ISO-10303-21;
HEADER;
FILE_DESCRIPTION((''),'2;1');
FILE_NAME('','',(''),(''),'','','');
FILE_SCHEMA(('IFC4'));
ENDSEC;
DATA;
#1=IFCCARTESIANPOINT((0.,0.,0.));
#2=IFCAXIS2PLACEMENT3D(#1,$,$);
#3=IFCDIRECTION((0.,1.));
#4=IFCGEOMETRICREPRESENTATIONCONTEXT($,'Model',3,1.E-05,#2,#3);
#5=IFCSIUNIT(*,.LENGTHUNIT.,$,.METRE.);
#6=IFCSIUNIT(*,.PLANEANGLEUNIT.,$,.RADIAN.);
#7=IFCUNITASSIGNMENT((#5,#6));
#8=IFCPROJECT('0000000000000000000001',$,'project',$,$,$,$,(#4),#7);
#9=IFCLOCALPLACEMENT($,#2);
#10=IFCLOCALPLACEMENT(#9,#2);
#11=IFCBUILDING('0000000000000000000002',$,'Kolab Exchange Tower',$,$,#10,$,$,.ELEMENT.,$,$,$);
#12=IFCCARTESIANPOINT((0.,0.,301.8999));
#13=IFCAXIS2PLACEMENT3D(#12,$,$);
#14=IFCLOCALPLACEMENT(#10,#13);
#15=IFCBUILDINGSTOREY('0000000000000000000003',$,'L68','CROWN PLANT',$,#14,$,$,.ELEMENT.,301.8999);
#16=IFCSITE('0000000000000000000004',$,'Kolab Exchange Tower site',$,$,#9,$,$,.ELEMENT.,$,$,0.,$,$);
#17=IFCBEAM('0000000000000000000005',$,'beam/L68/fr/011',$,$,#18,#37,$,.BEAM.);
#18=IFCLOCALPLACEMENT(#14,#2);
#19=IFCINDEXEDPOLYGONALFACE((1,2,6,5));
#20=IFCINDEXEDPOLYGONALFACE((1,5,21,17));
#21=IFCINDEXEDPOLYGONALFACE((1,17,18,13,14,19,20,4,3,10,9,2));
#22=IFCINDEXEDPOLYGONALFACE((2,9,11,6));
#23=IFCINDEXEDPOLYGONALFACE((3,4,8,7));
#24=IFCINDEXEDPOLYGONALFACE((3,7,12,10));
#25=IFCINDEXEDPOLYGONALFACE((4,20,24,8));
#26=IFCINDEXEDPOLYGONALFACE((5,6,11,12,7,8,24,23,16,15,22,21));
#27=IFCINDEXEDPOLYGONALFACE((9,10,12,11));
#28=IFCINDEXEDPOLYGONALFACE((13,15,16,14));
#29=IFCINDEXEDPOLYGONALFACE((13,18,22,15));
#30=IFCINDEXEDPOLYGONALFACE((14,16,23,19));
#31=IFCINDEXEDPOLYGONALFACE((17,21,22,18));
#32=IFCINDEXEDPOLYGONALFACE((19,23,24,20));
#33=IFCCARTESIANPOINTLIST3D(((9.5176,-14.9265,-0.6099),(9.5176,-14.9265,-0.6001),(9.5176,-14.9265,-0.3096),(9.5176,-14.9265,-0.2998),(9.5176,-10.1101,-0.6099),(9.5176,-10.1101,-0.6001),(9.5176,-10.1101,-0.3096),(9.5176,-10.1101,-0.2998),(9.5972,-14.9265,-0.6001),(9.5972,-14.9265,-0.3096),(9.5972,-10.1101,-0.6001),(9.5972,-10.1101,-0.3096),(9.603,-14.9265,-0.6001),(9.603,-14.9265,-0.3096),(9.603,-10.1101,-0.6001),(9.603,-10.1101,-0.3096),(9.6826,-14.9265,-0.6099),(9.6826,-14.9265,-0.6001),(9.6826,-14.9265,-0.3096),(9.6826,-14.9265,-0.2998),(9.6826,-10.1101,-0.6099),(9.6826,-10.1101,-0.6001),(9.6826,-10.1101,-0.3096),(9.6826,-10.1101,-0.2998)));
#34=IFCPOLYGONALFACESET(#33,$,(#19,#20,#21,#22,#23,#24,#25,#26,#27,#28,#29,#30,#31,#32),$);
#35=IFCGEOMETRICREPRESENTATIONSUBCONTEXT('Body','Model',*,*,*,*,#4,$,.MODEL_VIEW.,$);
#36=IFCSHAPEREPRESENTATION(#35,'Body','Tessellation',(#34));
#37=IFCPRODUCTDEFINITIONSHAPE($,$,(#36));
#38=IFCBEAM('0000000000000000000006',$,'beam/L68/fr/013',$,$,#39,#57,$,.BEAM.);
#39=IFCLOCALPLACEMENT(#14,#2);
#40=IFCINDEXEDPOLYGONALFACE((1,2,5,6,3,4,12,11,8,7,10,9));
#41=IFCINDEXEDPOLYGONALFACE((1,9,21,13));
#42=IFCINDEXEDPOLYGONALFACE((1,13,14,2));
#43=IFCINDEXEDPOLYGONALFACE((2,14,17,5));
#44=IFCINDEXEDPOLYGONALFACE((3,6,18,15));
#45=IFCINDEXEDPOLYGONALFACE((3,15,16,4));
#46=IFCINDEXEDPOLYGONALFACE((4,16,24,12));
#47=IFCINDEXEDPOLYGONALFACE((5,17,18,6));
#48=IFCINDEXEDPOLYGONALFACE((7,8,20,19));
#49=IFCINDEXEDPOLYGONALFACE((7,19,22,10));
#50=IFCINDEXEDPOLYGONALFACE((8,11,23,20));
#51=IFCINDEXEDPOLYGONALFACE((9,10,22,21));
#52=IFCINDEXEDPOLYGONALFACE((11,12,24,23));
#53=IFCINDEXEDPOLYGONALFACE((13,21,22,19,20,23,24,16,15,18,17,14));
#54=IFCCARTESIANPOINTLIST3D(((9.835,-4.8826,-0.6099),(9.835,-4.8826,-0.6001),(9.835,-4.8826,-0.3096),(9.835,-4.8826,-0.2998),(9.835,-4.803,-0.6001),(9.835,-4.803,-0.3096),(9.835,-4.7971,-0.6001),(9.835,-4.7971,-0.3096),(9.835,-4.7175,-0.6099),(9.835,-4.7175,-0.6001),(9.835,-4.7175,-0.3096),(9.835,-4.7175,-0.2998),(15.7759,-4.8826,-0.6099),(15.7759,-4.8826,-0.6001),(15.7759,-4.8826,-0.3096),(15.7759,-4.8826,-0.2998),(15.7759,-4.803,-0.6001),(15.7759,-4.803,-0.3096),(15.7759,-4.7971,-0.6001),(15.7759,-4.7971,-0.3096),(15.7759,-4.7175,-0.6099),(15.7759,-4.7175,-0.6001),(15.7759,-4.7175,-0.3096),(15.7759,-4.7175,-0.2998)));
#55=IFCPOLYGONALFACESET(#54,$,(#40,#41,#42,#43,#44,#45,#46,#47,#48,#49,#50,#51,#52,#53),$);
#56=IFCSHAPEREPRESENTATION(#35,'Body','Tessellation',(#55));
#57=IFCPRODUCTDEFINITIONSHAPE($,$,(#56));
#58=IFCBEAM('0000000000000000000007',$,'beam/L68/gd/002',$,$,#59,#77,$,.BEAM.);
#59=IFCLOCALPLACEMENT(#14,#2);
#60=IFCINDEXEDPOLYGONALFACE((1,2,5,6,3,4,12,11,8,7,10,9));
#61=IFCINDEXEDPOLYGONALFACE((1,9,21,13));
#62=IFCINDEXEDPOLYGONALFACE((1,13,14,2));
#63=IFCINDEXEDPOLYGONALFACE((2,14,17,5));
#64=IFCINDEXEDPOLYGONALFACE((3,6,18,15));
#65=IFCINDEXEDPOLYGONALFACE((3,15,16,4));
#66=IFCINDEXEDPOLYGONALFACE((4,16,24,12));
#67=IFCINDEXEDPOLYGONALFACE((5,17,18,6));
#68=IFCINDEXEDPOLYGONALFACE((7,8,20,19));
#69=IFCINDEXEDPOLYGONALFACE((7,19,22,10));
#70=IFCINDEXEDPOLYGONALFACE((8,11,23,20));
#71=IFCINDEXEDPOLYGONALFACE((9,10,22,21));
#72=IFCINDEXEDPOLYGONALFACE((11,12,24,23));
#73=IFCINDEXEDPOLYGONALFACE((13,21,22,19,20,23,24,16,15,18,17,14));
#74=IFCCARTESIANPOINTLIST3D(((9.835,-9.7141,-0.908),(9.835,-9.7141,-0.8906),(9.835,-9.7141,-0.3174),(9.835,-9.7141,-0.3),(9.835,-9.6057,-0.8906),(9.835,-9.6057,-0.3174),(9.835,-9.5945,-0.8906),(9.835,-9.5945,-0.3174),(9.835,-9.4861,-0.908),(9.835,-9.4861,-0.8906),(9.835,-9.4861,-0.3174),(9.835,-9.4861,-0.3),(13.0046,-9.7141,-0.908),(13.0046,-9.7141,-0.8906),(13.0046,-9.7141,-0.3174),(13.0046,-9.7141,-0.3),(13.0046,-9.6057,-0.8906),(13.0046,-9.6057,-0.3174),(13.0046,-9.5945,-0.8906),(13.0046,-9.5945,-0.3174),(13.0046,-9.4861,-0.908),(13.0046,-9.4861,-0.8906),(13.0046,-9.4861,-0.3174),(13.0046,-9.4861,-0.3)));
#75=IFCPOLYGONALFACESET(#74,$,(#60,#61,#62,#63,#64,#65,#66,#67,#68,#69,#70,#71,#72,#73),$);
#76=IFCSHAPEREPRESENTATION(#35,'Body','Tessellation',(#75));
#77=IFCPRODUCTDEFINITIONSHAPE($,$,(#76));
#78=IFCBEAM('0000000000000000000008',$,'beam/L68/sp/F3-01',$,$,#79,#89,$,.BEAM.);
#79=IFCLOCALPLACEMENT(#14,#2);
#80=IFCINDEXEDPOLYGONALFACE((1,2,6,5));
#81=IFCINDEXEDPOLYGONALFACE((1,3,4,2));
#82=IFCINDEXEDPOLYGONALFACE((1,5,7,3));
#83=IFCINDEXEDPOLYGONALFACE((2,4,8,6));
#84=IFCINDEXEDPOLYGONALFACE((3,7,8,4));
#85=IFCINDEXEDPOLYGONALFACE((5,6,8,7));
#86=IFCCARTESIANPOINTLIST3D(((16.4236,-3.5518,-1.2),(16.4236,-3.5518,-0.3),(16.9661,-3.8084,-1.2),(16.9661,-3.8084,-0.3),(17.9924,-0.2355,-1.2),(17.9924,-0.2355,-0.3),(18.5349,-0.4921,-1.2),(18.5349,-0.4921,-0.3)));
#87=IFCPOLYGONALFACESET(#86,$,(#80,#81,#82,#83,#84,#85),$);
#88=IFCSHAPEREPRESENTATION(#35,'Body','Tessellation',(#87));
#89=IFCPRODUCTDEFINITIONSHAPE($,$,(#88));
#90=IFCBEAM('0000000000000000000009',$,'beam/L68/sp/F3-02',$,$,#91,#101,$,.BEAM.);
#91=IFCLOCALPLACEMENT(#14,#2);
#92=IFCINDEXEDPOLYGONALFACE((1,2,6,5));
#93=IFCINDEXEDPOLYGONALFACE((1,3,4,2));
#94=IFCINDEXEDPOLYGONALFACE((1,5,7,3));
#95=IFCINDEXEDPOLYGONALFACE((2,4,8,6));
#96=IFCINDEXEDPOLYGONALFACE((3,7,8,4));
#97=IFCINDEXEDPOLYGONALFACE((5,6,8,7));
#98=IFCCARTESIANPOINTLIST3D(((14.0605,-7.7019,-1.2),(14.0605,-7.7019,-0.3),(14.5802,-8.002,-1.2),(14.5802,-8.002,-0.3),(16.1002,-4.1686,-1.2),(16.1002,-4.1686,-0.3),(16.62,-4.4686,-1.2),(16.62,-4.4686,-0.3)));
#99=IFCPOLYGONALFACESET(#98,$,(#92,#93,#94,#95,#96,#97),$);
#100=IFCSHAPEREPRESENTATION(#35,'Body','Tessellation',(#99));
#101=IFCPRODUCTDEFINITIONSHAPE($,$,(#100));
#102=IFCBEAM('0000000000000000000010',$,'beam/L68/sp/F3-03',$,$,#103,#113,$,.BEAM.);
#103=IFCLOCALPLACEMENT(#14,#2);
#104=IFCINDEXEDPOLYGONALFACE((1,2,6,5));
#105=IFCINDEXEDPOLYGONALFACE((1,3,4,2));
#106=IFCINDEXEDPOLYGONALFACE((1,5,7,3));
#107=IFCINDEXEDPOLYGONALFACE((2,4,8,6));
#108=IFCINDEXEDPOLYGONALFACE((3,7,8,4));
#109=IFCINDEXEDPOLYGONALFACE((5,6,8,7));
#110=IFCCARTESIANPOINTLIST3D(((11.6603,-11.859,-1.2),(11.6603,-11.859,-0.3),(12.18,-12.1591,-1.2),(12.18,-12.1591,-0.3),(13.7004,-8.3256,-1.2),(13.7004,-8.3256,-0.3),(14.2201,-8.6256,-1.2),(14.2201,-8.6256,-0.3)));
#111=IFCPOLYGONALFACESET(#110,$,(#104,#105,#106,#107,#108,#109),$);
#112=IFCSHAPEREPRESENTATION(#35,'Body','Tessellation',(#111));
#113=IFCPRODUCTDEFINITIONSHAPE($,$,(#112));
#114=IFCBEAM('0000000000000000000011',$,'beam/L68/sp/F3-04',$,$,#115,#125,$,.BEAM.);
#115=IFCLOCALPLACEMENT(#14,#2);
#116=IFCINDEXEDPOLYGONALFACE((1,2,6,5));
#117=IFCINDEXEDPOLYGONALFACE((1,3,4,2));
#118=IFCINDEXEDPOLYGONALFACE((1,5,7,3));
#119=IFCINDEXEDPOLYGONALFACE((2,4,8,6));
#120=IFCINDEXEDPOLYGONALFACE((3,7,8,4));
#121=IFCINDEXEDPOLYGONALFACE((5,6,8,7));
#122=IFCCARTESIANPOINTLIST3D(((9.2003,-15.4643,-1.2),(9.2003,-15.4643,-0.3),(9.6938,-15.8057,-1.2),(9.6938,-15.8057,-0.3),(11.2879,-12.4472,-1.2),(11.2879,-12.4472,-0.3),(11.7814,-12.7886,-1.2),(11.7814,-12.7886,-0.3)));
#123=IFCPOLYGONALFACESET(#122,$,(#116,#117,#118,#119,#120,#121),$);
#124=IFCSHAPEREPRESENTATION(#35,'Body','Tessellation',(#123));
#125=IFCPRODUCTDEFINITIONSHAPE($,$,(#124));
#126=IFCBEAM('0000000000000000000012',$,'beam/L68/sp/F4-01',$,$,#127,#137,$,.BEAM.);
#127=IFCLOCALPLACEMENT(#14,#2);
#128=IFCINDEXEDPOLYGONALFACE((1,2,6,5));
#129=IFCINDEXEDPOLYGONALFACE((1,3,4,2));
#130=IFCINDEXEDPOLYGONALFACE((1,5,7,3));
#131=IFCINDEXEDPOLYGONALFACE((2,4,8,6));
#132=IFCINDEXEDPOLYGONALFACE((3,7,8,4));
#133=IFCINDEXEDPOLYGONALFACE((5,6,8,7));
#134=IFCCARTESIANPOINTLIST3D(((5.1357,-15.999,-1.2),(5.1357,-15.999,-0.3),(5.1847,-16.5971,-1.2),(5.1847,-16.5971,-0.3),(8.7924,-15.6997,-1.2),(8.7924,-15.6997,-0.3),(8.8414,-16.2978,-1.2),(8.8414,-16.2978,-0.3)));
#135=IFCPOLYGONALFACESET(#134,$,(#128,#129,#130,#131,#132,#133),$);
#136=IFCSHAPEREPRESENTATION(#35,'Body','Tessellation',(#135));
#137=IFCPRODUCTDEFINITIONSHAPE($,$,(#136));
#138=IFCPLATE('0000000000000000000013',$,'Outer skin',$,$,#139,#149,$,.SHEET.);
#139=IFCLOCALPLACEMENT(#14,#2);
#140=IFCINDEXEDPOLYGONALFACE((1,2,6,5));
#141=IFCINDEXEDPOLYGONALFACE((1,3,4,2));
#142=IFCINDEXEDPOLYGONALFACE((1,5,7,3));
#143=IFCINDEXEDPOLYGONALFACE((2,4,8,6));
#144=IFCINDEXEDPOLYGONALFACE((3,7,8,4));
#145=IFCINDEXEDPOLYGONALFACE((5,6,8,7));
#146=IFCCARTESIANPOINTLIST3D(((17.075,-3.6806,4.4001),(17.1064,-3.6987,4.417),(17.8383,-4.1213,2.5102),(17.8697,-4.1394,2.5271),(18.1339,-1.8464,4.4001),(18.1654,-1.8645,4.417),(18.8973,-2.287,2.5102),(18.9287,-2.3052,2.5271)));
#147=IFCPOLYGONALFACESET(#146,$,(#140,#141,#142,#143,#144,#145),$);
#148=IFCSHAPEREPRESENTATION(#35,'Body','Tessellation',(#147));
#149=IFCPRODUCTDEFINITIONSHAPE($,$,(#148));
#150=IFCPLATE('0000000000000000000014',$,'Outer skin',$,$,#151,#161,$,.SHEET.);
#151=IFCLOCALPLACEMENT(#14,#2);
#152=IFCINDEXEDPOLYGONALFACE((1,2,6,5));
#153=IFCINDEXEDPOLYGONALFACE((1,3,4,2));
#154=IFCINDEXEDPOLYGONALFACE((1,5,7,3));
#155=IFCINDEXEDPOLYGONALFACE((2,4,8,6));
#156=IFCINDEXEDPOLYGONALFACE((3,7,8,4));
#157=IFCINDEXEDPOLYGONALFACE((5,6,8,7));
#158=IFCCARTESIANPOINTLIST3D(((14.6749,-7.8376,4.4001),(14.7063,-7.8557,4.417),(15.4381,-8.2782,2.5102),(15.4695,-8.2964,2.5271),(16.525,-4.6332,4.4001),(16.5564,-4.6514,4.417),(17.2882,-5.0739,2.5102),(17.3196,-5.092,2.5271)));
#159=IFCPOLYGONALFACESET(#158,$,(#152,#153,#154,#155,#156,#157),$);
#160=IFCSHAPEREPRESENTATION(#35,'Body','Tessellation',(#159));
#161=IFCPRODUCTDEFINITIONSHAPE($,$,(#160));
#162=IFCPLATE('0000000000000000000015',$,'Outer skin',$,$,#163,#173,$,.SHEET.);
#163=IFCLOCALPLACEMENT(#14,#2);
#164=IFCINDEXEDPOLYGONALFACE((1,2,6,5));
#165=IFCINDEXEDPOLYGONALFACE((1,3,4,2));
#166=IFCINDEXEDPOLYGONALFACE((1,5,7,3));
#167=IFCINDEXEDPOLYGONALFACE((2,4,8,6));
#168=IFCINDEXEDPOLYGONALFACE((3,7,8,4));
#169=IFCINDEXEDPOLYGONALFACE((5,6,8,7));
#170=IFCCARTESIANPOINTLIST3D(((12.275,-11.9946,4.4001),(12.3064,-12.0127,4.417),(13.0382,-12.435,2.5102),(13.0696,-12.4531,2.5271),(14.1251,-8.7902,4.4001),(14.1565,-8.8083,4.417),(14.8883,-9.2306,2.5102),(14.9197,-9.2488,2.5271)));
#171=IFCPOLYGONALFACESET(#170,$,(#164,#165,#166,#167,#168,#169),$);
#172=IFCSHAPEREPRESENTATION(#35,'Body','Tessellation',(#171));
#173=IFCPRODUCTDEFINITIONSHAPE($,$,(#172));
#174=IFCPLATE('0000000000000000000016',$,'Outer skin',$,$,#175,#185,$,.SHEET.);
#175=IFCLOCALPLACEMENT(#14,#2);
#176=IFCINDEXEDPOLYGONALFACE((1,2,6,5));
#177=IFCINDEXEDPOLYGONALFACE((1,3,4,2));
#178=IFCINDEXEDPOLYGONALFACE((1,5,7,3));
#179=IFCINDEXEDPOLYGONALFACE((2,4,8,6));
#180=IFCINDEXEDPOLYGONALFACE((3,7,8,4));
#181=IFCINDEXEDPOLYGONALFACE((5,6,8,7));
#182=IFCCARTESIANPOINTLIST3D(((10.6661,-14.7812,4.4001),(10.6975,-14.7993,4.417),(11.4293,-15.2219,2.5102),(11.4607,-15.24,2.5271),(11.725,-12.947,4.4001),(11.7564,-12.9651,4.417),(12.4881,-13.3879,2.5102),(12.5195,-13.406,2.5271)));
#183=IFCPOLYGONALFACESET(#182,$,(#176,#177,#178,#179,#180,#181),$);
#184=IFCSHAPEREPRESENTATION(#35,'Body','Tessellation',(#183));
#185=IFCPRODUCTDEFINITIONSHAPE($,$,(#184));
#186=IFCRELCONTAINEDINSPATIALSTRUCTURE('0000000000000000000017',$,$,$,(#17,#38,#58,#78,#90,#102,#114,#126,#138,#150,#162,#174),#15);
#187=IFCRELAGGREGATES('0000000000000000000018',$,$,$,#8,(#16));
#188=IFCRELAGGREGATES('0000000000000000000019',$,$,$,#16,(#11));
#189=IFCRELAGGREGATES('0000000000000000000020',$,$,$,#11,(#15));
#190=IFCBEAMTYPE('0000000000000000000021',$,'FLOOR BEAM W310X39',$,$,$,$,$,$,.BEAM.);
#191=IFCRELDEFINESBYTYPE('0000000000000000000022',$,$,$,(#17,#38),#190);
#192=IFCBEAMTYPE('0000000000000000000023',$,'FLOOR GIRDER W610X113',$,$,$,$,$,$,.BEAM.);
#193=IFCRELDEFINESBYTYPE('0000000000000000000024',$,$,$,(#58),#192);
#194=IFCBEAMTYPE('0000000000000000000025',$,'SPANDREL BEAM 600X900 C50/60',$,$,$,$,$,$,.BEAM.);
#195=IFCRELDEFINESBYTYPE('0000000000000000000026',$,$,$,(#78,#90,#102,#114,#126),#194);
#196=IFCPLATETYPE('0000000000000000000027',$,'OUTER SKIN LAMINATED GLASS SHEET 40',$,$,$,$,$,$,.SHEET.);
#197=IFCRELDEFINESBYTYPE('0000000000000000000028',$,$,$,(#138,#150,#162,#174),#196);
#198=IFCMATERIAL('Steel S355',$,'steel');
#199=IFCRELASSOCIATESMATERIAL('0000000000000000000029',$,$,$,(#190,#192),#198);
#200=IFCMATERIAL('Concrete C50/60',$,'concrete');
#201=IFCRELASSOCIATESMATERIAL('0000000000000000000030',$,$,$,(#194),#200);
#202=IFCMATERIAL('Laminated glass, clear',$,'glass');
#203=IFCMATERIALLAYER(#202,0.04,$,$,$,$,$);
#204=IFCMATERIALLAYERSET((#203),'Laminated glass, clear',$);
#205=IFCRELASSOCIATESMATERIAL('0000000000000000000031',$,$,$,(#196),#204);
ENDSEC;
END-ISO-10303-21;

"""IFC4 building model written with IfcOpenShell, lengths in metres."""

from ifc_helpers import new_model, si_unit, direction, frame, origin, origin_2d, place, context, subcontext, project, spatial, polyline, rectangle, i_section, outline, extrude, material, layer, layer_set, material_profile, profile_set, type_object, element, save


model = new_model("IFC4")

# Units and contexts
model_context = context("Model", 3, precision=1e-05, world=origin(), true_north=direction((0.0, 1.0)))
body_context = subcontext(model_context, "Body", "Model", "MODEL_VIEW")
ifc_project = project(units=[si_unit("LENGTHUNIT", "METRE"), si_unit("PLANEANGLEUNIT", "RADIAN")], contexts=[model_context])

# Site, building, storey
site_placement = place(None, origin())
site = spatial("IfcSite", under=ifc_project, at=site_placement, Name="Kolab Exchange Tower site", CompositionType="ELEMENT", RefElevation=0.0)
building_placement = place(site_placement, origin())
building = spatial("IfcBuilding", under=site, at=building_placement, Name="Kolab Exchange Tower", CompositionType="ELEMENT")
storey_placement = place(building_placement, frame((0.0, 0.0, 301.8999)))
storey = spatial("IfcBuildingStorey", under=building, at=storey_placement, Name="L68", Description="CROWN PLANT", CompositionType="ELEMENT", Elevation=301.8999)

# Shared definitions
ifc_material_1 = material(Name="Steel S355", Category="steel")
ifc_material_2 = material(Name="Concrete C50/60", Category="concrete")

# Beams
ifc_material_profile_1 = material_profile(ifc_material_1, i_section(OverallWidth=0.165, OverallDepth=0.3101, WebThickness=0.0059, FlangeThickness=0.0098, at=origin_2d()), Name="W310X39")
ifc_profile_set_1 = profile_set([ifc_material_profile_1], Name="Steel S355")
beam_type_1 = type_object("IfcBeamType", Name="FLOOR BEAM W310X39", PredefinedType="BEAM", material=ifc_profile_set_1)
beam_1_placement = place(storey_placement, frame((9.6001, -14.9265, -0.4548), z_axis=(0.0, 1.0, 0.0), x_axis=(-1.0, 0.0, 0.0)))
element("IfcBeam", 1, at=beam_1_placement, inside=storey, type_object=beam_type_1, Name="beam/L68/fr/011", PredefinedType="BEAM", context=body_context, shape_type="SweptSolid", body=[
    extrude(i_section(OverallWidth=0.165, OverallDepth=0.3101, WebThickness=0.0059, FlangeThickness=0.0098, at=origin_2d()), origin(), (0.0, 0.0, 1.0), 4.8164),
])
beam_2_placement = place(storey_placement, frame((9.835, -4.8, -0.4548), z_axis=(1.0, 0.0, 0.0), x_axis=(0.0, 1.0, 0.0)))
element("IfcBeam", 2, at=beam_2_placement, inside=storey, type_object=beam_type_1, Name="beam/L68/fr/013", PredefinedType="BEAM", context=body_context, shape_type="SweptSolid", body=[
    extrude(i_section(OverallWidth=0.165, OverallDepth=0.3101, WebThickness=0.0059, FlangeThickness=0.0098, at=origin_2d()), origin(), (0.0, 0.0, 1.0), 5.9409),
])
ifc_material_profile_2 = material_profile(ifc_material_1, i_section(OverallWidth=0.228, OverallDepth=0.6079, WebThickness=0.0112, FlangeThickness=0.0173, at=origin_2d()), Name="W610X113")
ifc_profile_set_2 = profile_set([ifc_material_profile_2], Name="Steel S355")
beam_type_2 = type_object("IfcBeamType", Name="FLOOR GIRDER W610X113", PredefinedType="BEAM", material=ifc_profile_set_2)
beam_3_placement = place(storey_placement, frame((9.835, -9.6001, -0.604), z_axis=(1.0, 0.0, 0.0), x_axis=(0.0, 1.0, 0.0)))
element("IfcBeam", 3, at=beam_3_placement, inside=storey, type_object=beam_type_2, Name="beam/L68/gd/002", PredefinedType="BEAM", context=body_context, shape_type="SweptSolid", body=[
    extrude(i_section(OverallWidth=0.228, OverallDepth=0.6079, WebThickness=0.0112, FlangeThickness=0.0173, at=origin_2d()), origin(), (0.0, 0.0, 1.0), 3.1697),
])
ifc_material_profile_3 = material_profile(ifc_material_2, rectangle(XDim=0.6001, YDim=0.8999, at=origin_2d()), Name="RC600X900")
ifc_profile_set_3 = profile_set([ifc_material_profile_3], Name="Concrete C50/60")
beam_type_3 = type_object("IfcBeamType", Name="SPANDREL BEAM 600X900 C50/60", PredefinedType="BEAM", material=ifc_profile_set_3)
beam_4_placement = place(storey_placement, frame((18.2637, -0.3638, -0.75), z_axis=(-0.427623, -0.903957, 0.0), x_axis=(0.903957, -0.427623, 0.0)))
element("IfcBeam", 4, at=beam_4_placement, inside=storey, type_object=beam_type_3, Name="beam/L68/sp/F3-01", PredefinedType="BEAM", context=body_context, shape_type="SweptSolid", body=[
    extrude(rectangle(XDim=0.6001, YDim=0.8999, at=origin_2d()), origin(), (0.0, 0.0, 1.0), 3.6687),
])
beam_5_placement = place(storey_placement, frame((16.3601, -4.3186, -0.75), z_axis=(-0.499956, -0.866051, 0.0), x_axis=(0.866051, -0.499956, 0.0)))
element("IfcBeam", 5, at=beam_5_placement, inside=storey, type_object=beam_type_3, Name="beam/L68/sp/F3-02", PredefinedType="BEAM", context=body_context, shape_type="SweptSolid", body=[
    extrude(rectangle(XDim=0.6001, YDim=0.8999, at=origin_2d()), origin(), (0.0, 0.0, 1.0), 4.0798),
])
beam_6_placement = place(storey_placement, frame((13.9602, -8.4756, -0.75), z_axis=(-0.5, -0.866025, 0.0), x_axis=(0.866025, -0.5, 0.0)))
element("IfcBeam", 6, at=beam_6_placement, inside=storey, type_object=beam_type_3, Name="beam/L68/sp/F3-03", PredefinedType="BEAM", context=body_context, shape_type="SweptSolid", body=[
    extrude(rectangle(XDim=0.6001, YDim=0.8999, at=origin_2d()), origin(), (0.0, 0.0, 1.0), 4.0801),
])
for number, where, z_axis, x_axis, name in (
    (7, (11.5347, -12.6179, -0.75), (-0.569006, -0.822334, 0.0), (0.822334, -0.569006, 0.0), "beam/L68/sp/F3-04"),
    (8, (8.8169, -15.9988, -0.75), (-0.996667, -0.081581, 0.0), (0.081581, -0.996667, 0.0), "beam/L68/sp/F4-01"),
):
    element("IfcBeam", number, at=place(storey_placement, frame(where, z_axis=z_axis, x_axis=x_axis)), inside=storey, type_object=beam_type_3, Name=name, PredefinedType="BEAM", context=body_context, shape_type="SweptSolid", body=[
        extrude(rectangle(XDim=0.6001, YDim=0.8999, at=origin_2d()), origin(), (0.0, 0.0, 1.0), 3.6689),
    ])

# Plates
ifc_material_3 = material(Name="Laminated glass, clear", Category="glass")
ifc_layer_1 = layer(ifc_material_3, 0.04)
ifc_layer_set_1 = layer_set([ifc_layer_1], Name="Laminated glass, clear")
plate_type = type_object("IfcPlateType", Name="OUTER SKIN LAMINATED GLASS SHEET 40", PredefinedType="SHEET", material=ifc_layer_set_1)
plate_1_placement = place(storey_placement, frame((18.9287, -2.3052, 2.5271), z_axis=(0.784874, -0.453134, 0.422661), x_axis=(-0.499996, -0.866028, 0.000019)))
element("IfcPlate", 9, at=plate_1_placement, inside=storey, type_object=plate_type, Name="Outer skin", PredefinedType="SHEET", context=body_context, shape_type="SweptSolid", body=[
    extrude(outline(polyline([(0.0, 0.0), (2.118, 0.0), (2.118, -2.0853), (0.0001, -2.0854), (0.0, 0.0)])), origin(), (0.0, 0.0, -1.0), 0.04),
])
plate_2_placement = place(storey_placement, frame((17.3196, -5.092, 2.5271), z_axis=(0.784878, -0.453166, 0.422619), x_axis=(-0.500014, -0.866017, 0.0)))
element("IfcPlate", 10, at=plate_2_placement, inside=storey, type_object=plate_type, Name="Outer skin", PredefinedType="SHEET", context=body_context, shape_type="SweptSolid", body=[
    extrude(outline(polyline([(0.0, 0.0), (3.7001, 0.0), (3.7001, -2.0853), (0.0, -2.0853), (0.0, 0.0)])), origin(), (0.0, 0.0, -1.0), 0.04),
])
plate_3_placement = place(storey_placement, frame((14.9197, -9.2488, 2.5271), z_axis=(0.784897, -0.453177, 0.422571), x_axis=(-0.500014, -0.866017, 0.0)))
element("IfcPlate", 11, at=plate_3_placement, inside=storey, type_object=plate_type, Name="Outer skin", PredefinedType="SHEET", context=body_context, shape_type="SweptSolid", body=[
    extrude(outline(polyline([(0.0, 0.0), (3.7001, 0.0), (3.7003, -2.0852), (0.0002, -2.0852), (0.0, 0.0)])), origin(), (0.0, 0.0, -1.0), 0.04),
])
plate_4_placement = place(storey_placement, frame((12.5195, -13.406, 2.5271), z_axis=(0.784891, -0.453121, 0.422643), x_axis=(-0.499975, -0.86604, 0.000011)))
element("IfcPlate", 12, at=plate_4_placement, inside=storey, type_object=plate_type, Name="Outer skin", PredefinedType="SHEET", context=body_context, shape_type="SweptSolid", body=[
    extrude(outline(polyline([(0.0, 0.0), (2.1177, 0.0), (2.1176, -2.0853), (-0.0003, -2.0853), (0.0, 0.0)])), origin(), (0.0, 0.0, -1.0), 0.04),
])

save(model, "model.ifc")
